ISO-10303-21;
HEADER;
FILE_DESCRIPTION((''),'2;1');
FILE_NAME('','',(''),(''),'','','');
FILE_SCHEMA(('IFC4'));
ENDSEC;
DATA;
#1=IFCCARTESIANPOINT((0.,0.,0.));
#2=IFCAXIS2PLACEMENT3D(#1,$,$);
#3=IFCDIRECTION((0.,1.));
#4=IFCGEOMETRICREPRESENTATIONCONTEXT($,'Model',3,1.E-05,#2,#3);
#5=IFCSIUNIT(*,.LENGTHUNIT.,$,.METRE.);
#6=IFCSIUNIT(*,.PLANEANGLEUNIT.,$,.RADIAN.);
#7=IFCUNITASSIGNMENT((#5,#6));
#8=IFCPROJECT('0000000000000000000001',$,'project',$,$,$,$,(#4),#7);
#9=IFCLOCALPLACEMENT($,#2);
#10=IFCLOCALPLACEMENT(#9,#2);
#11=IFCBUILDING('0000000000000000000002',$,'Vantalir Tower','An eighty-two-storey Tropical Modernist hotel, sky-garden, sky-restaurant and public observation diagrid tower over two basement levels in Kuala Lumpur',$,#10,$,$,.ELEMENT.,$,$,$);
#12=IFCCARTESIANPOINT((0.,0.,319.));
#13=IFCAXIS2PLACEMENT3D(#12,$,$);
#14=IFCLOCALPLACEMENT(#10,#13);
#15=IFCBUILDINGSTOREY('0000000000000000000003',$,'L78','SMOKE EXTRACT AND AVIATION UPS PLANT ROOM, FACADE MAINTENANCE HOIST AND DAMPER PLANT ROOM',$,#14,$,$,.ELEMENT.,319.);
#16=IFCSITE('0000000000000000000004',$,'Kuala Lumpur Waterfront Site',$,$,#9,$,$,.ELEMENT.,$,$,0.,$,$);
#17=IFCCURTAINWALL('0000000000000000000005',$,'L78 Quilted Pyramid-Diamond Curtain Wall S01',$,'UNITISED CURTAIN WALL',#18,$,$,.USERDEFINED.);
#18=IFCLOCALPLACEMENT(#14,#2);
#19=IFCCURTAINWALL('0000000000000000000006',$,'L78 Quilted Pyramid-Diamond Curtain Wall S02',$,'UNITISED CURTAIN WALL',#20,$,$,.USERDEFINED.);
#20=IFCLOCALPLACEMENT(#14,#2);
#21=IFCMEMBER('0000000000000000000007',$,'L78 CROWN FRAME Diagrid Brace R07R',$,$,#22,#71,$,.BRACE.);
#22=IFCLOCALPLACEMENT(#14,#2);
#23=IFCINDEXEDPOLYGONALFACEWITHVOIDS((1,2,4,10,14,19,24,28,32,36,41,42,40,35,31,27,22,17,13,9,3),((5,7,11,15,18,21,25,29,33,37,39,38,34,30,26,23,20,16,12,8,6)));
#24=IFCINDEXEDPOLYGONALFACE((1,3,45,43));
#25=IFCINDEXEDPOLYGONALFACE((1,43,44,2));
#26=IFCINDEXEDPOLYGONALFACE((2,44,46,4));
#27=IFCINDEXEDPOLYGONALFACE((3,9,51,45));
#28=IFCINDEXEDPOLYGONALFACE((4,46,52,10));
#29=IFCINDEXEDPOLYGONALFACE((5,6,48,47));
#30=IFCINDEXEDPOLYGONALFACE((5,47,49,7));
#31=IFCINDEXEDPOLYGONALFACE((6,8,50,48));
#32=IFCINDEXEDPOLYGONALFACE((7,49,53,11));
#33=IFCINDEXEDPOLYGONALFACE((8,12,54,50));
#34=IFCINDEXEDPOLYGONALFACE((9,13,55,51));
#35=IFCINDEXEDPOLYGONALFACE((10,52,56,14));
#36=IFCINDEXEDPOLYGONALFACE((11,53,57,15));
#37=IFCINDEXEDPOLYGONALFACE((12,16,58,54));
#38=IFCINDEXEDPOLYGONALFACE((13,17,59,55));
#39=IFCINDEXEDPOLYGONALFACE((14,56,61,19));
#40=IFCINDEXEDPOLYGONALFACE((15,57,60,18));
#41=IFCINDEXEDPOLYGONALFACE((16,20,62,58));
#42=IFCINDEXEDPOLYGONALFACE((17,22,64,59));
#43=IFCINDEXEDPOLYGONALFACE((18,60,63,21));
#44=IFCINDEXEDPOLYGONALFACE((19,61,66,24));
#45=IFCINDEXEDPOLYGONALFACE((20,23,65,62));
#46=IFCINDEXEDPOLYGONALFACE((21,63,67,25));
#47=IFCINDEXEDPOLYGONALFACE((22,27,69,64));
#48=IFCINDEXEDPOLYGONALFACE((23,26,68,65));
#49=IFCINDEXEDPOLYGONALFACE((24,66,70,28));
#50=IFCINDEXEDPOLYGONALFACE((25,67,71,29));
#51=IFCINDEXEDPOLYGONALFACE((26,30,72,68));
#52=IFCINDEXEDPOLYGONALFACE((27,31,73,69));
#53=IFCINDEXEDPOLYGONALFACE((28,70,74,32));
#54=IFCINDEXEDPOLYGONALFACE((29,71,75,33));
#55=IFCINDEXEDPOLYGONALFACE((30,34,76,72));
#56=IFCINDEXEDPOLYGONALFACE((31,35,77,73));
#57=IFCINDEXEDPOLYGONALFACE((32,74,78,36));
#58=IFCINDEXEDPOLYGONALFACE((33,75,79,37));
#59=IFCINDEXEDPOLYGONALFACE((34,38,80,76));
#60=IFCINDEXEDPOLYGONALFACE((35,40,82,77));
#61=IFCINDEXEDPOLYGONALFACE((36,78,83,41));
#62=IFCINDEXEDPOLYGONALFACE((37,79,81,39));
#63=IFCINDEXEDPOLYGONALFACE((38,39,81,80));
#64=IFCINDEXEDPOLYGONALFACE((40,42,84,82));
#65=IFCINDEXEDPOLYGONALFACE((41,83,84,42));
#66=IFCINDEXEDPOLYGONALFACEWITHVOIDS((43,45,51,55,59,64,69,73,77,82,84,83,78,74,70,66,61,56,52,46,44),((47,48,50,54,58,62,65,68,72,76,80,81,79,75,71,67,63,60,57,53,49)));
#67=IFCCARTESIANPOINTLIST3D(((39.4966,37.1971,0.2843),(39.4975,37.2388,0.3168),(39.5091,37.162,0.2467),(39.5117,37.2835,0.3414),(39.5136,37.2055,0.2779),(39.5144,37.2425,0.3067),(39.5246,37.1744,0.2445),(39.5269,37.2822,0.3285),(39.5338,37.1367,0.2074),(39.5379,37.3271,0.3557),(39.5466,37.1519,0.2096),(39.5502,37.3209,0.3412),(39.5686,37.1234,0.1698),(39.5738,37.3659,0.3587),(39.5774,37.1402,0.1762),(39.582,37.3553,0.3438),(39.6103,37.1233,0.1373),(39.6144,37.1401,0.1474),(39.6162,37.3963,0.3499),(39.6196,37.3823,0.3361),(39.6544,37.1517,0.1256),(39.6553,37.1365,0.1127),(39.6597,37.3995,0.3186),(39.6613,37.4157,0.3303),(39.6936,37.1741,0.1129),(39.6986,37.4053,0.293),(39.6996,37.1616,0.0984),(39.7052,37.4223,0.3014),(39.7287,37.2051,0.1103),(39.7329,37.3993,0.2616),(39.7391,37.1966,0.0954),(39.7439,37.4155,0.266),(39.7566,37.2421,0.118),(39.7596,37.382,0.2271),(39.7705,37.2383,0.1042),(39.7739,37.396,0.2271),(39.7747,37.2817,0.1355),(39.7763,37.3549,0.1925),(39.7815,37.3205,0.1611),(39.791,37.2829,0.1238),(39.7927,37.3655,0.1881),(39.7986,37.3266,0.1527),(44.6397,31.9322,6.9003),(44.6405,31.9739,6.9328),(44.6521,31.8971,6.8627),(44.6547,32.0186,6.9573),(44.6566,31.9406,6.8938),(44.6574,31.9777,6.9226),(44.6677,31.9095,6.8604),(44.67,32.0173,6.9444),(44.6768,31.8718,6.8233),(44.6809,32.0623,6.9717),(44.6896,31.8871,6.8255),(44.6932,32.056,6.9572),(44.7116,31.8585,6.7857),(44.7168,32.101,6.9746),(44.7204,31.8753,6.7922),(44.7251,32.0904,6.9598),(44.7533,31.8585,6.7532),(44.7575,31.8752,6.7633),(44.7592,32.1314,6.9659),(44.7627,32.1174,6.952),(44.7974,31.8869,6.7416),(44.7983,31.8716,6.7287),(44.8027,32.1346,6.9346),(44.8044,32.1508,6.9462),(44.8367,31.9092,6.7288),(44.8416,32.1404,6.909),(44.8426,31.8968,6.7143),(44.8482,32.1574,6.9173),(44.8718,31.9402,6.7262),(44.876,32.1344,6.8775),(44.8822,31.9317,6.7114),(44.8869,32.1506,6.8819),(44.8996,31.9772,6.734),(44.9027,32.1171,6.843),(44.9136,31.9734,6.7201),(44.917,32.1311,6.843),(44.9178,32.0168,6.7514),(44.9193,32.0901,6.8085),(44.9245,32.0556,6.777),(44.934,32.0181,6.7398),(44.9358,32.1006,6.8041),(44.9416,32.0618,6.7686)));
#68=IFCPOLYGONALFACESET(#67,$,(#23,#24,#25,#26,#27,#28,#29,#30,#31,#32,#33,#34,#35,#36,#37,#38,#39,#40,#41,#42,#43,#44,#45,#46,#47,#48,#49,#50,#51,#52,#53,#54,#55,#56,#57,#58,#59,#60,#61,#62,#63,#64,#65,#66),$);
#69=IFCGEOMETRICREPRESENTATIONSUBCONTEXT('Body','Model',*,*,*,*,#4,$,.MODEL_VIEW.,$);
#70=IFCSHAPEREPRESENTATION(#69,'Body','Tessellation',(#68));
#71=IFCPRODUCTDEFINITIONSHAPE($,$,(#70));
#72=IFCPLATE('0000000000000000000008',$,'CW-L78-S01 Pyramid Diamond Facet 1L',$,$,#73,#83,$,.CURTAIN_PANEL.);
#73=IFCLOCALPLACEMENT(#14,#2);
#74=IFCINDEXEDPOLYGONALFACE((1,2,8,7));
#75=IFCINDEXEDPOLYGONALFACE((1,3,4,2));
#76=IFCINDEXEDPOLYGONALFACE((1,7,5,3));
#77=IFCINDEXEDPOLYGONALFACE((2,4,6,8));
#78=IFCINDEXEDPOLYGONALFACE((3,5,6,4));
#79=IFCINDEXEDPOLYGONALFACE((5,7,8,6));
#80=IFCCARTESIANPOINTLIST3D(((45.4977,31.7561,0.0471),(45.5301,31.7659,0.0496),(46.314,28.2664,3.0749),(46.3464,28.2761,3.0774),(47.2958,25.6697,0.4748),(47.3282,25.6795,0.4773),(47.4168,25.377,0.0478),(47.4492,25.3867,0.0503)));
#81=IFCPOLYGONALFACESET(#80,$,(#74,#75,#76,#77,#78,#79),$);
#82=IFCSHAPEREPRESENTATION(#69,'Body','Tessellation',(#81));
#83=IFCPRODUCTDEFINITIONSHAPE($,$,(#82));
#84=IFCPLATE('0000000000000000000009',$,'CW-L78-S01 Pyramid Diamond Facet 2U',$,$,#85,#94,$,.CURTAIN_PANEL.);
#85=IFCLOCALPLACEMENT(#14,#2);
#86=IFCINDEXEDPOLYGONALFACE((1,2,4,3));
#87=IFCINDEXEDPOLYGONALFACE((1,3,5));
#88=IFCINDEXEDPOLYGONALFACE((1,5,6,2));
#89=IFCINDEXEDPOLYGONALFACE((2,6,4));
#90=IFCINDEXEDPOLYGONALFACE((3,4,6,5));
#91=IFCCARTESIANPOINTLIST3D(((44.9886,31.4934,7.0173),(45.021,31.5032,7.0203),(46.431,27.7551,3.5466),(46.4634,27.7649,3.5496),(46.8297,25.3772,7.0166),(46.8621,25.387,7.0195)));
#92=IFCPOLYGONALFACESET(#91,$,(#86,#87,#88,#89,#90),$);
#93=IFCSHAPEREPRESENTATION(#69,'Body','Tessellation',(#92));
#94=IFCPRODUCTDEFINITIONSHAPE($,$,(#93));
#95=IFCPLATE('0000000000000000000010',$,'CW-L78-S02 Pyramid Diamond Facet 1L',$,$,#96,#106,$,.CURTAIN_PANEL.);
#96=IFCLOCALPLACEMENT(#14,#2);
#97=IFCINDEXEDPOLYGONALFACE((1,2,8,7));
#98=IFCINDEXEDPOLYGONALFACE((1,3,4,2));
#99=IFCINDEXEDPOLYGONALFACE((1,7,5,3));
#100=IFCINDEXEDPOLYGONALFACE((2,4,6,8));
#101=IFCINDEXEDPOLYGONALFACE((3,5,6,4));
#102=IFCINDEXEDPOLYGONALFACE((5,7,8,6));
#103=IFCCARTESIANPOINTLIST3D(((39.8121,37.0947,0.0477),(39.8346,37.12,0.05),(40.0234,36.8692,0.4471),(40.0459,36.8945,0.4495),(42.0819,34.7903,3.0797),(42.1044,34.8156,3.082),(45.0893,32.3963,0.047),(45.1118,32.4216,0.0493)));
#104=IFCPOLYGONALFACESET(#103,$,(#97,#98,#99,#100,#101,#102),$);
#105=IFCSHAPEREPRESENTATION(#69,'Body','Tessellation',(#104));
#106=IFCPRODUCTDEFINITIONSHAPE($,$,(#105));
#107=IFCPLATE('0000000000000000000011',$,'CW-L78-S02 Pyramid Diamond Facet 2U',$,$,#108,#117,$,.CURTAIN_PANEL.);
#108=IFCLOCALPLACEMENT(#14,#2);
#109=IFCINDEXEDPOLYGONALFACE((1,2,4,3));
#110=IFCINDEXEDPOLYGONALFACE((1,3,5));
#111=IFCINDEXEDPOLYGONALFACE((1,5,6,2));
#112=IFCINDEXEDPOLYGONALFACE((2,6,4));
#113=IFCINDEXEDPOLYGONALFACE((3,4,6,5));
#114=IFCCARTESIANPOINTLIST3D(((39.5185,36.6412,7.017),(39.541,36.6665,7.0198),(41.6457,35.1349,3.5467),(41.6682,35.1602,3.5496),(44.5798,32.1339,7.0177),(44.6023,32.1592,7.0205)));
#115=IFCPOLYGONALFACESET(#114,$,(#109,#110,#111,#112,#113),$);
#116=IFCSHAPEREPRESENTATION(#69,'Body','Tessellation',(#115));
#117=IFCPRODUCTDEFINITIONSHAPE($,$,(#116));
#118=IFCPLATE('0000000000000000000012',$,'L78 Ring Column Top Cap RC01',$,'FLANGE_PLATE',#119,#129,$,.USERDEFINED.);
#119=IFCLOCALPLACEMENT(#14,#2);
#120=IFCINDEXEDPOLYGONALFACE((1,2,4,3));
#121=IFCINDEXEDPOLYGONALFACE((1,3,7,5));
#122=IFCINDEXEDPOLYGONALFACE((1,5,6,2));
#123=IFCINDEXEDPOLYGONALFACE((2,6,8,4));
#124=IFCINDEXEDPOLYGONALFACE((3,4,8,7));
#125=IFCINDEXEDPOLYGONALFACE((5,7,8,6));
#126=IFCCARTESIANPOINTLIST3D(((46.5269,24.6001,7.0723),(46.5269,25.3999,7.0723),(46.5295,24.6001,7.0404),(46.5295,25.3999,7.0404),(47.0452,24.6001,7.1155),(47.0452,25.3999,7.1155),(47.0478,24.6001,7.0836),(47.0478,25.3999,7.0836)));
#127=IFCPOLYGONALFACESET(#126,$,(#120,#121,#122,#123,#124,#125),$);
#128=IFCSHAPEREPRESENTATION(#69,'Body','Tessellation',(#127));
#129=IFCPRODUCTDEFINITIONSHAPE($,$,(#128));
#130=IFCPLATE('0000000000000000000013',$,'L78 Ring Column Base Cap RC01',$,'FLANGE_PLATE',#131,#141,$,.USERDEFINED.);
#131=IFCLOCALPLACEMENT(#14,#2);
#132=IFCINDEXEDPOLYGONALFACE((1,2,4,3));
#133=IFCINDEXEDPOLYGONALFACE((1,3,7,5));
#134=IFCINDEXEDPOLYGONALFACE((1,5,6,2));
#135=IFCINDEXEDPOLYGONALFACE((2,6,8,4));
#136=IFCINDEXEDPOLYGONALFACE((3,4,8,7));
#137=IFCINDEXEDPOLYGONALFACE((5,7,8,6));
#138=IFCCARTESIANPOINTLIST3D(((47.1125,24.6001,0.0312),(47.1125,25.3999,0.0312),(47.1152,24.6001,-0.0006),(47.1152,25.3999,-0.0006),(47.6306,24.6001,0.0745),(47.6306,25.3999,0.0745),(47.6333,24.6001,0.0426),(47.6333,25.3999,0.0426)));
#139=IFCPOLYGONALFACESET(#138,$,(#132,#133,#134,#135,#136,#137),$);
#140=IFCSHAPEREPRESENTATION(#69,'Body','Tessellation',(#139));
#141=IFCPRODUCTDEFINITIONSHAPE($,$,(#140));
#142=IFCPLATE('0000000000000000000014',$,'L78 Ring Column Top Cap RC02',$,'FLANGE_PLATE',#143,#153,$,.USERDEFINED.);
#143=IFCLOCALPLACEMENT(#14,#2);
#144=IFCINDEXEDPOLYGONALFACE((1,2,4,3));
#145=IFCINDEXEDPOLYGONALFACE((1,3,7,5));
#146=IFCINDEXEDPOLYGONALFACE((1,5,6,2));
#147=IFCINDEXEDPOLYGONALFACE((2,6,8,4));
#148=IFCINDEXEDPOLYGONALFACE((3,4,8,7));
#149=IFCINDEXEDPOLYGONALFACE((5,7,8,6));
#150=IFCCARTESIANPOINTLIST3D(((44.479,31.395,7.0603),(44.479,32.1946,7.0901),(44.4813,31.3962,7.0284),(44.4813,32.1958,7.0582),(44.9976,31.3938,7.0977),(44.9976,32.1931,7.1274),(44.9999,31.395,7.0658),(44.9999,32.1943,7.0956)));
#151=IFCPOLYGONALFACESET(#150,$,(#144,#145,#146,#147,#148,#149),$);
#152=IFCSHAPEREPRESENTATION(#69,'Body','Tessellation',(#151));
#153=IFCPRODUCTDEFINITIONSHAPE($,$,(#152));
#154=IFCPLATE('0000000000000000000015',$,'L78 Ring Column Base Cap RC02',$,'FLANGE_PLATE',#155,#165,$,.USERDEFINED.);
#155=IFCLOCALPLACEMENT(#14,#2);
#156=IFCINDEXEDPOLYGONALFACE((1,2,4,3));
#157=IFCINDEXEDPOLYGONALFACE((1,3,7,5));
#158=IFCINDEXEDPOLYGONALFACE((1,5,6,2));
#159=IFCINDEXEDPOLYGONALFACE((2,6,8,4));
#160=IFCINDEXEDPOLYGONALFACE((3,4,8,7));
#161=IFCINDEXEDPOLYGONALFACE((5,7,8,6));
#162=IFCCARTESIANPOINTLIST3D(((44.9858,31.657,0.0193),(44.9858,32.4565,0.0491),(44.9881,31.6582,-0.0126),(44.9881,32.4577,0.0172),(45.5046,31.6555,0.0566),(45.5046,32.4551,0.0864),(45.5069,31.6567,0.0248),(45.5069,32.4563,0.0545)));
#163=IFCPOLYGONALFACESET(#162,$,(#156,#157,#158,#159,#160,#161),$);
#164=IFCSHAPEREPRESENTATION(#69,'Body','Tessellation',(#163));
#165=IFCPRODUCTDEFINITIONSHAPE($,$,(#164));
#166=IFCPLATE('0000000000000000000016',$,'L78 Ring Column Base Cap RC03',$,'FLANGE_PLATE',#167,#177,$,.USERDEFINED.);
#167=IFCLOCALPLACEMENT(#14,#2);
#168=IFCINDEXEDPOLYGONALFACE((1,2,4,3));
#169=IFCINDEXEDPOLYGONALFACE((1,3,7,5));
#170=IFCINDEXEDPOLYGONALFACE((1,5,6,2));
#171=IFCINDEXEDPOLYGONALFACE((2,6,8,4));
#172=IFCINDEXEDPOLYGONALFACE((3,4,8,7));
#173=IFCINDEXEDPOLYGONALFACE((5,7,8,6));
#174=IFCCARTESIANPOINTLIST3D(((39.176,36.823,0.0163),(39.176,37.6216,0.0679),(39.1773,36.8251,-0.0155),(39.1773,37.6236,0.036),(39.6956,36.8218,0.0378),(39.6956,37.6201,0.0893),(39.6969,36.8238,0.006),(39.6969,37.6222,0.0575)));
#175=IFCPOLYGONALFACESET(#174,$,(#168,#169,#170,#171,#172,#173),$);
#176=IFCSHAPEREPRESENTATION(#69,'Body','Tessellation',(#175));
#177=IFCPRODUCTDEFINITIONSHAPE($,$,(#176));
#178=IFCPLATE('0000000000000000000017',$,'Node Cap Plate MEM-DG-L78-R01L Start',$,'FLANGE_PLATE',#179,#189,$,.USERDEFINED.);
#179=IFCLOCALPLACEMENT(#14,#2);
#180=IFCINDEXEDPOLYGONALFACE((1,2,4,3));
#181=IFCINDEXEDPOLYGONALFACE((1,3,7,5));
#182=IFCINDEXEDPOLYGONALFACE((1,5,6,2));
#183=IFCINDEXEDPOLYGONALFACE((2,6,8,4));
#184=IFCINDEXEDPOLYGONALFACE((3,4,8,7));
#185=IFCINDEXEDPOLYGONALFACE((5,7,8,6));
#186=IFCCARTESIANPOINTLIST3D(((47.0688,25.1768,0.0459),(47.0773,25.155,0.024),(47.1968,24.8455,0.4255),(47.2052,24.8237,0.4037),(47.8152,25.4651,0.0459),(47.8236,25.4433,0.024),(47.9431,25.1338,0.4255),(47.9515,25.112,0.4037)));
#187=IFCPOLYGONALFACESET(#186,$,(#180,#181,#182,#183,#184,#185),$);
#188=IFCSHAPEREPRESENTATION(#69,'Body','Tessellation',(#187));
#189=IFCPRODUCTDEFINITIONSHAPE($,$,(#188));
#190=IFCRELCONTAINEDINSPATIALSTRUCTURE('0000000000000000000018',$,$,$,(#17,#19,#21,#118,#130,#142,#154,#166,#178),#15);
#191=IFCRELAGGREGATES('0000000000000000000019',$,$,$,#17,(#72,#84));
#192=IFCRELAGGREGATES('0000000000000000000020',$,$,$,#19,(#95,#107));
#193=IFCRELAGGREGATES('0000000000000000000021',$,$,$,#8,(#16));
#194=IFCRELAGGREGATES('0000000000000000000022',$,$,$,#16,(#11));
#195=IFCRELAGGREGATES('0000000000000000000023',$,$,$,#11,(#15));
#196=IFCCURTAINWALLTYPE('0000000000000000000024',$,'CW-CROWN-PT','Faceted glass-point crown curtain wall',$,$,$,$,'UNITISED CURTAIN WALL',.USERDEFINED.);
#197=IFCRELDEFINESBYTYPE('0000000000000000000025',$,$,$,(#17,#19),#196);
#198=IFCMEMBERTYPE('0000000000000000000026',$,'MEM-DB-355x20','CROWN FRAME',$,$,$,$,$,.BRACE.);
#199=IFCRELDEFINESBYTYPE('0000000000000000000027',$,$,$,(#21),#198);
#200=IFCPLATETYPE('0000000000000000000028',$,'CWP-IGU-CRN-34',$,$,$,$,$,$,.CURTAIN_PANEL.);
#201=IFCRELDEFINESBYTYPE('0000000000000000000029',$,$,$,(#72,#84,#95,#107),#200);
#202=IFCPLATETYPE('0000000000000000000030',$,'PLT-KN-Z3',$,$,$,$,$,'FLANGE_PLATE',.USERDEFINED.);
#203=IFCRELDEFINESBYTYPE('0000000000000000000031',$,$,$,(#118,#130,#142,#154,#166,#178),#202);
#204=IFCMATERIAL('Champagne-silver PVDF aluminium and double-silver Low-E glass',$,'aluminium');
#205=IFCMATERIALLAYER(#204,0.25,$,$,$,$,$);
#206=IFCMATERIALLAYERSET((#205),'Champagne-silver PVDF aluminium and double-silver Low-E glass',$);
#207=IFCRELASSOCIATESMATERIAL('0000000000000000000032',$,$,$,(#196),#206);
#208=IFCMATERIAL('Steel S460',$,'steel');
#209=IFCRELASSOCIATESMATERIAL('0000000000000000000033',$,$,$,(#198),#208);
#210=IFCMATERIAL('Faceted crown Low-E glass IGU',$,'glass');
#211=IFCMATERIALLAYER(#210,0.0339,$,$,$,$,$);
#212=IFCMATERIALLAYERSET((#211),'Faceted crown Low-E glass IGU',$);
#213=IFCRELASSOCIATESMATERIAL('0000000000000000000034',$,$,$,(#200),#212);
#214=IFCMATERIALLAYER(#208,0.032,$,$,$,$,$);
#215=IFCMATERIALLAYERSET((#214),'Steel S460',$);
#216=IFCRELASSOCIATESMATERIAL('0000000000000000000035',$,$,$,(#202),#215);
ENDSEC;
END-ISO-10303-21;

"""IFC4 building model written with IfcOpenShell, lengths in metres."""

from ifc_helpers import new_model, si_unit, direction, frame, origin, origin_2d, place, context, subcontext, project, spatial, polyline, hollow_circle, outline, extrude, material, layer, layer_set, material_profile, profile_set, type_object, element, aggregate, save


model = new_model("IFC4")

# Units and contexts
model_context = context("Model", 3, precision=1e-05, world=origin(), true_north=direction((0.0, 1.0)))
body_context = subcontext(model_context, "Body", "Model", "MODEL_VIEW")
ifc_project = project(units=[si_unit("LENGTHUNIT", "METRE"), si_unit("PLANEANGLEUNIT", "RADIAN")], contexts=[model_context])

# Site, building, storey
site_placement = place(None, origin())
site = spatial("IfcSite", under=ifc_project, at=site_placement, Name="Kuala Lumpur Waterfront Site", CompositionType="ELEMENT", RefElevation=0.0)
building_placement = place(site_placement, origin())
building = spatial("IfcBuilding", under=site, at=building_placement, Name="Vantalir Tower", Description="An eighty-two-storey Tropical Modernist hotel, sky-garden, sky-restaurant and public observation diagrid tower over two basement levels in Kuala Lumpur", CompositionType="ELEMENT")
storey_placement = place(building_placement, frame((0.0, 0.0, 319.0)))
storey = spatial("IfcBuildingStorey", under=building, at=storey_placement, Name="L78", Description="SMOKE EXTRACT AND AVIATION UPS PLANT ROOM, FACADE MAINTENANCE HOIST AND DAMPER PLANT ROOM", CompositionType="ELEMENT", Elevation=319.0)

# Shared definitions
ifc_material_1 = material(Name="Steel S460", Category="steel")

# Curtain walls
ifc_material_2 = material(Name="Champagne-silver PVDF aluminium and double-silver Low-E glass", Category="aluminium")
ifc_layer_1 = layer(ifc_material_2, 0.25)
ifc_layer_set_1 = layer_set([ifc_layer_1], Name="Champagne-silver PVDF aluminium and double-silver Low-E glass")
curtain_wall_type = type_object("IfcCurtainWallType", Name="CW-CROWN-PT", Description="Faceted glass-point crown curtain wall", ElementType="UNITISED CURTAIN WALL", PredefinedType="USERDEFINED", material=ifc_layer_set_1)
curtain_wall_1_placement = place(storey_placement, origin())
curtain_wall_1 = element("IfcCurtainWall", 1, at=curtain_wall_1_placement, inside=storey, type_object=curtain_wall_type, Name="L78 Quilted Pyramid-Diamond Curtain Wall S01", ObjectType="UNITISED CURTAIN WALL", PredefinedType="USERDEFINED")
curtain_wall_2_placement = place(storey_placement, origin())
curtain_wall_2 = element("IfcCurtainWall", 2, at=curtain_wall_2_placement, inside=storey, type_object=curtain_wall_type, Name="L78 Quilted Pyramid-Diamond Curtain Wall S02", ObjectType="UNITISED CURTAIN WALL", PredefinedType="USERDEFINED")

# Member
ifc_material_profile_1 = material_profile(ifc_material_1, hollow_circle(Radius=0.1775, WallThickness=0.02, at=origin_2d()), Name="Steel S460")
ifc_profile_set_1 = profile_set([ifc_material_profile_1], Name="Steel S460")
member_type_1 = type_object("IfcMemberType", Name="MEM-DB-355x20", Description="CROWN FRAME", PredefinedType="BRACE", material=ifc_profile_set_1)
member_1_placement = place(storey_placement, frame((39.647, 37.272, 0.2271), z_axis=(0.519684, -0.531994, 0.668514), x_axis=(0.715335, 0.698782, 0.0)))
element("IfcMember", 3, at=member_1_placement, inside=storey, type_object=member_type_1, Name="L78 CROWN FRAME Diagrid Brace R07R", PredefinedType="BRACE", context=body_context, shape_type="SweptSolid", body=[
    extrude(hollow_circle(Radius=0.1775, WallThickness=0.02, at=origin_2d()), origin(), (0.0, 0.0, 1.0), 9.8965),
])

# Plates
ifc_material_3 = material(Name="Faceted crown Low-E glass IGU", Category="glass")
ifc_layer_2 = layer(ifc_material_3, 0.0339)
ifc_layer_set_2 = layer_set([ifc_layer_2], Name="Faceted crown Low-E glass IGU")
plate_type_1 = type_object("IfcPlateType", Name="CWP-IGU-CRN-34", PredefinedType="CURTAIN_PANEL", material=ifc_layer_set_2)
plate_1_placement = place(storey_placement, frame((47.4492, 25.3867, 0.0503), z_axis=(0.955, 0.28731, 0.073669), x_axis=(-0.288085, 0.957605, -0.000109)))
plate_1 = element("IfcPlate", 4, at=plate_1_placement, type_object=plate_type_1, Name="CW-L78-S01 Pyramid Diamond Facet 1L", PredefinedType="CURTAIN_PANEL", context=body_context, shape_type="SweptSolid", body=[
    extrude(outline(polyline([(0.0, 0.0), (6.6616, 0.0), (3.0843, 3.0357), (0.3152, 0.4282), (0.0, 0.0)])), origin(), (0.0, 0.0, -1.0), 0.0339),
])
plate_2_placement = place(storey_placement, frame((45.021, 31.5032, 7.0203), z_axis=(0.953917, 0.287132, 0.087168), x_axis=(0.288238, -0.957559, -0.000115)))
plate_2 = element("IfcPlate", 5, at=plate_2_placement, type_object=plate_type_1, Name="CW-L78-S01 Pyramid Diamond Facet 2U", PredefinedType="CURTAIN_PANEL", context=body_context, shape_type="SweptSolid", body=[
    extrude(outline(polyline([(0.0, 0.0), (6.3873, 0.0), (3.9958, 3.4835), (0.0, 0.0)])), origin(), (0.0, 0.0, -1.0), 0.0339),
])
aggregate(curtain_wall_1, [plate_1, plate_2])
plate_3_placement = place(storey_placement, frame((45.1118, 32.4216, 0.0493), z_axis=(0.663347, 0.74506, 0.06969), x_axis=(-0.74688, 0.664959, 0.000102)))
plate_3 = element("IfcPlate", 6, at=plate_3_placement, type_object=plate_type_1, Name="CW-L78-S02 Pyramid Diamond Facet 1L", PredefinedType="CURTAIN_PANEL", context=body_context, shape_type="SweptSolid", body=[
    extrude(outline(polyline([(0.0, 0.0), (7.0657, 0.0), (6.758, 0.4004), (3.8384, 3.0397), (0.0, 0.0)])), origin(), (0.0, 0.0, -1.0), 0.0339),
])
plate_4_placement = place(storey_placement, frame((39.541, 36.6665, 7.0198), z_axis=(0.662744, 0.744209, 0.083208), x_axis=(0.746793, -0.665057, 0.000108)))
plate_4 = element("IfcPlate", 7, at=plate_4_placement, type_object=plate_type_1, Name="CW-L78-S02 Pyramid Diamond Facet 2U", PredefinedType="CURTAIN_PANEL", context=body_context, shape_type="SweptSolid", body=[
    extrude(outline(polyline([(0.0, 0.0), (6.7774, 0.0), (2.59, 3.4826), (0.0, 0.0)])), origin(), (0.0, 0.0, -1.0), 0.0339),
])
aggregate(curtain_wall_2, [plate_3, plate_4])

# Plates
ifc_layer_3 = layer(ifc_material_1, 0.032)
ifc_layer_set_3 = layer_set([ifc_layer_3], Name="Steel S460")
plate_type_2 = type_object("IfcPlateType", Name="PLT-KN-Z3", ElementType="FLANGE_PLATE", PredefinedType="USERDEFINED", material=ifc_layer_set_3)
plate_5_placement = place(storey_placement, frame((46.5269, 25.3999, 7.0723), z_axis=(-0.083084, 0.0, 0.996543), x_axis=(0.0, -1.0, 0.0)))
element("IfcPlate", 8, at=plate_5_placement, inside=storey, type_object=plate_type_2, Name="L78 Ring Column Top Cap RC01", ObjectType="FLANGE_PLATE", PredefinedType="USERDEFINED", context=body_context, shape_type="SweptSolid", body=[
    extrude(outline(polyline([(0.0, 0.0), (0.7998, 0.0), (0.7998, 0.5201), (0.0, 0.5201), (0.0, 0.0)])), origin(), (0.0, 0.0, -1.0), 0.032),
])
plate_6_placement = place(storey_placement, frame((47.1125, 25.3999, 0.0312), z_axis=(-0.083123, 0.0, 0.996539), x_axis=(0.0, -1.0, 0.0)))
element("IfcPlate", 9, at=plate_6_placement, inside=storey, type_object=plate_type_2, Name="L78 Ring Column Base Cap RC01", ObjectType="FLANGE_PLATE", PredefinedType="USERDEFINED", context=body_context, shape_type="SweptSolid", body=[
    extrude(outline(polyline([(0.0, 0.0), (0.7998, 0.0), (0.7998, 0.5199), (0.0, 0.5199), (0.0, 0.0)])), origin(), (0.0, 0.0, -1.0), 0.032),
])
plate_7_placement = place(storey_placement, frame((44.479, 32.1946, 7.0901), z_axis=(-0.071894, -0.037135, 0.996721), x_axis=(0.0, -0.999307, -0.037232)))
element("IfcPlate", 10, at=plate_7_placement, inside=storey, type_object=plate_type_2, Name="L78 Ring Column Top Cap RC02", ObjectType="FLANGE_PLATE", PredefinedType="USERDEFINED", context=body_context, shape_type="SweptSolid", body=[
    extrude(outline(polyline([(0.0, 0.0), (0.8001, 0.0), (0.7999, 0.5199), (0.0001, 0.5199), (0.0, 0.0)])), origin(), (0.0, 0.0, -1.0), 0.032),
])
plate_8_placement = place(storey_placement, frame((44.9858, 32.4565, 0.0491), z_axis=(-0.071869, -0.03713, 0.996723), x_axis=(0.0, -0.999307, -0.037226)))
element("IfcPlate", 11, at=plate_8_placement, inside=storey, type_object=plate_type_2, Name="L78 Ring Column Base Cap RC02", ObjectType="FLANGE_PLATE", PredefinedType="USERDEFINED", context=body_context, shape_type="SweptSolid", body=[
    extrude(outline(polyline([(0.0, 0.0), (0.8001, 0.0), (0.8002, 0.5201), (0.0001, 0.5201), (0.0, 0.0)])), origin(), (0.0, 0.0, -1.0), 0.032),
])
plate_9_placement = place(storey_placement, frame((39.176, 37.6216, 0.0679), z_axis=(-0.041398, -0.064327, 0.99707), x_axis=(0.0, -0.997925, -0.064382)))
element("IfcPlate", 12, at=plate_9_placement, inside=storey, type_object=plate_type_2, Name="L78 Ring Column Base Cap RC03", ObjectType="FLANGE_PLATE", PredefinedType="USERDEFINED", context=body_context, shape_type="SweptSolid", body=[
    extrude(outline(polyline([(0.0, 0.0), (0.8002, 0.0), (0.8001, 0.52), (0.0001, 0.52), (0.0, 0.0)])), origin(), (0.0, 0.0, -1.0), 0.032),
])
plate_10_placement = place(storey_placement, frame((47.8152, 25.4651, 0.0459), z_axis=(-0.263169, 0.681209, 0.683152), x_axis=(-0.93281, -0.360369, 0.0)))
element("IfcPlate", 13, at=plate_10_placement, inside=storey, type_object=plate_type_2, Name="Node Cap Plate MEM-DG-L78-R01L Start", ObjectType="FLANGE_PLATE", PredefinedType="USERDEFINED", context=body_context, shape_type="SweptSolid", body=[
    extrude(outline(polyline([(0.0, 0.0), (0.8001, 0.0), (0.8002, 0.5199), (0.0001, 0.5199), (0.0, 0.0)])), origin(), (0.0, 0.0, -1.0), 0.032),
])

save(model, "model.ifc")
